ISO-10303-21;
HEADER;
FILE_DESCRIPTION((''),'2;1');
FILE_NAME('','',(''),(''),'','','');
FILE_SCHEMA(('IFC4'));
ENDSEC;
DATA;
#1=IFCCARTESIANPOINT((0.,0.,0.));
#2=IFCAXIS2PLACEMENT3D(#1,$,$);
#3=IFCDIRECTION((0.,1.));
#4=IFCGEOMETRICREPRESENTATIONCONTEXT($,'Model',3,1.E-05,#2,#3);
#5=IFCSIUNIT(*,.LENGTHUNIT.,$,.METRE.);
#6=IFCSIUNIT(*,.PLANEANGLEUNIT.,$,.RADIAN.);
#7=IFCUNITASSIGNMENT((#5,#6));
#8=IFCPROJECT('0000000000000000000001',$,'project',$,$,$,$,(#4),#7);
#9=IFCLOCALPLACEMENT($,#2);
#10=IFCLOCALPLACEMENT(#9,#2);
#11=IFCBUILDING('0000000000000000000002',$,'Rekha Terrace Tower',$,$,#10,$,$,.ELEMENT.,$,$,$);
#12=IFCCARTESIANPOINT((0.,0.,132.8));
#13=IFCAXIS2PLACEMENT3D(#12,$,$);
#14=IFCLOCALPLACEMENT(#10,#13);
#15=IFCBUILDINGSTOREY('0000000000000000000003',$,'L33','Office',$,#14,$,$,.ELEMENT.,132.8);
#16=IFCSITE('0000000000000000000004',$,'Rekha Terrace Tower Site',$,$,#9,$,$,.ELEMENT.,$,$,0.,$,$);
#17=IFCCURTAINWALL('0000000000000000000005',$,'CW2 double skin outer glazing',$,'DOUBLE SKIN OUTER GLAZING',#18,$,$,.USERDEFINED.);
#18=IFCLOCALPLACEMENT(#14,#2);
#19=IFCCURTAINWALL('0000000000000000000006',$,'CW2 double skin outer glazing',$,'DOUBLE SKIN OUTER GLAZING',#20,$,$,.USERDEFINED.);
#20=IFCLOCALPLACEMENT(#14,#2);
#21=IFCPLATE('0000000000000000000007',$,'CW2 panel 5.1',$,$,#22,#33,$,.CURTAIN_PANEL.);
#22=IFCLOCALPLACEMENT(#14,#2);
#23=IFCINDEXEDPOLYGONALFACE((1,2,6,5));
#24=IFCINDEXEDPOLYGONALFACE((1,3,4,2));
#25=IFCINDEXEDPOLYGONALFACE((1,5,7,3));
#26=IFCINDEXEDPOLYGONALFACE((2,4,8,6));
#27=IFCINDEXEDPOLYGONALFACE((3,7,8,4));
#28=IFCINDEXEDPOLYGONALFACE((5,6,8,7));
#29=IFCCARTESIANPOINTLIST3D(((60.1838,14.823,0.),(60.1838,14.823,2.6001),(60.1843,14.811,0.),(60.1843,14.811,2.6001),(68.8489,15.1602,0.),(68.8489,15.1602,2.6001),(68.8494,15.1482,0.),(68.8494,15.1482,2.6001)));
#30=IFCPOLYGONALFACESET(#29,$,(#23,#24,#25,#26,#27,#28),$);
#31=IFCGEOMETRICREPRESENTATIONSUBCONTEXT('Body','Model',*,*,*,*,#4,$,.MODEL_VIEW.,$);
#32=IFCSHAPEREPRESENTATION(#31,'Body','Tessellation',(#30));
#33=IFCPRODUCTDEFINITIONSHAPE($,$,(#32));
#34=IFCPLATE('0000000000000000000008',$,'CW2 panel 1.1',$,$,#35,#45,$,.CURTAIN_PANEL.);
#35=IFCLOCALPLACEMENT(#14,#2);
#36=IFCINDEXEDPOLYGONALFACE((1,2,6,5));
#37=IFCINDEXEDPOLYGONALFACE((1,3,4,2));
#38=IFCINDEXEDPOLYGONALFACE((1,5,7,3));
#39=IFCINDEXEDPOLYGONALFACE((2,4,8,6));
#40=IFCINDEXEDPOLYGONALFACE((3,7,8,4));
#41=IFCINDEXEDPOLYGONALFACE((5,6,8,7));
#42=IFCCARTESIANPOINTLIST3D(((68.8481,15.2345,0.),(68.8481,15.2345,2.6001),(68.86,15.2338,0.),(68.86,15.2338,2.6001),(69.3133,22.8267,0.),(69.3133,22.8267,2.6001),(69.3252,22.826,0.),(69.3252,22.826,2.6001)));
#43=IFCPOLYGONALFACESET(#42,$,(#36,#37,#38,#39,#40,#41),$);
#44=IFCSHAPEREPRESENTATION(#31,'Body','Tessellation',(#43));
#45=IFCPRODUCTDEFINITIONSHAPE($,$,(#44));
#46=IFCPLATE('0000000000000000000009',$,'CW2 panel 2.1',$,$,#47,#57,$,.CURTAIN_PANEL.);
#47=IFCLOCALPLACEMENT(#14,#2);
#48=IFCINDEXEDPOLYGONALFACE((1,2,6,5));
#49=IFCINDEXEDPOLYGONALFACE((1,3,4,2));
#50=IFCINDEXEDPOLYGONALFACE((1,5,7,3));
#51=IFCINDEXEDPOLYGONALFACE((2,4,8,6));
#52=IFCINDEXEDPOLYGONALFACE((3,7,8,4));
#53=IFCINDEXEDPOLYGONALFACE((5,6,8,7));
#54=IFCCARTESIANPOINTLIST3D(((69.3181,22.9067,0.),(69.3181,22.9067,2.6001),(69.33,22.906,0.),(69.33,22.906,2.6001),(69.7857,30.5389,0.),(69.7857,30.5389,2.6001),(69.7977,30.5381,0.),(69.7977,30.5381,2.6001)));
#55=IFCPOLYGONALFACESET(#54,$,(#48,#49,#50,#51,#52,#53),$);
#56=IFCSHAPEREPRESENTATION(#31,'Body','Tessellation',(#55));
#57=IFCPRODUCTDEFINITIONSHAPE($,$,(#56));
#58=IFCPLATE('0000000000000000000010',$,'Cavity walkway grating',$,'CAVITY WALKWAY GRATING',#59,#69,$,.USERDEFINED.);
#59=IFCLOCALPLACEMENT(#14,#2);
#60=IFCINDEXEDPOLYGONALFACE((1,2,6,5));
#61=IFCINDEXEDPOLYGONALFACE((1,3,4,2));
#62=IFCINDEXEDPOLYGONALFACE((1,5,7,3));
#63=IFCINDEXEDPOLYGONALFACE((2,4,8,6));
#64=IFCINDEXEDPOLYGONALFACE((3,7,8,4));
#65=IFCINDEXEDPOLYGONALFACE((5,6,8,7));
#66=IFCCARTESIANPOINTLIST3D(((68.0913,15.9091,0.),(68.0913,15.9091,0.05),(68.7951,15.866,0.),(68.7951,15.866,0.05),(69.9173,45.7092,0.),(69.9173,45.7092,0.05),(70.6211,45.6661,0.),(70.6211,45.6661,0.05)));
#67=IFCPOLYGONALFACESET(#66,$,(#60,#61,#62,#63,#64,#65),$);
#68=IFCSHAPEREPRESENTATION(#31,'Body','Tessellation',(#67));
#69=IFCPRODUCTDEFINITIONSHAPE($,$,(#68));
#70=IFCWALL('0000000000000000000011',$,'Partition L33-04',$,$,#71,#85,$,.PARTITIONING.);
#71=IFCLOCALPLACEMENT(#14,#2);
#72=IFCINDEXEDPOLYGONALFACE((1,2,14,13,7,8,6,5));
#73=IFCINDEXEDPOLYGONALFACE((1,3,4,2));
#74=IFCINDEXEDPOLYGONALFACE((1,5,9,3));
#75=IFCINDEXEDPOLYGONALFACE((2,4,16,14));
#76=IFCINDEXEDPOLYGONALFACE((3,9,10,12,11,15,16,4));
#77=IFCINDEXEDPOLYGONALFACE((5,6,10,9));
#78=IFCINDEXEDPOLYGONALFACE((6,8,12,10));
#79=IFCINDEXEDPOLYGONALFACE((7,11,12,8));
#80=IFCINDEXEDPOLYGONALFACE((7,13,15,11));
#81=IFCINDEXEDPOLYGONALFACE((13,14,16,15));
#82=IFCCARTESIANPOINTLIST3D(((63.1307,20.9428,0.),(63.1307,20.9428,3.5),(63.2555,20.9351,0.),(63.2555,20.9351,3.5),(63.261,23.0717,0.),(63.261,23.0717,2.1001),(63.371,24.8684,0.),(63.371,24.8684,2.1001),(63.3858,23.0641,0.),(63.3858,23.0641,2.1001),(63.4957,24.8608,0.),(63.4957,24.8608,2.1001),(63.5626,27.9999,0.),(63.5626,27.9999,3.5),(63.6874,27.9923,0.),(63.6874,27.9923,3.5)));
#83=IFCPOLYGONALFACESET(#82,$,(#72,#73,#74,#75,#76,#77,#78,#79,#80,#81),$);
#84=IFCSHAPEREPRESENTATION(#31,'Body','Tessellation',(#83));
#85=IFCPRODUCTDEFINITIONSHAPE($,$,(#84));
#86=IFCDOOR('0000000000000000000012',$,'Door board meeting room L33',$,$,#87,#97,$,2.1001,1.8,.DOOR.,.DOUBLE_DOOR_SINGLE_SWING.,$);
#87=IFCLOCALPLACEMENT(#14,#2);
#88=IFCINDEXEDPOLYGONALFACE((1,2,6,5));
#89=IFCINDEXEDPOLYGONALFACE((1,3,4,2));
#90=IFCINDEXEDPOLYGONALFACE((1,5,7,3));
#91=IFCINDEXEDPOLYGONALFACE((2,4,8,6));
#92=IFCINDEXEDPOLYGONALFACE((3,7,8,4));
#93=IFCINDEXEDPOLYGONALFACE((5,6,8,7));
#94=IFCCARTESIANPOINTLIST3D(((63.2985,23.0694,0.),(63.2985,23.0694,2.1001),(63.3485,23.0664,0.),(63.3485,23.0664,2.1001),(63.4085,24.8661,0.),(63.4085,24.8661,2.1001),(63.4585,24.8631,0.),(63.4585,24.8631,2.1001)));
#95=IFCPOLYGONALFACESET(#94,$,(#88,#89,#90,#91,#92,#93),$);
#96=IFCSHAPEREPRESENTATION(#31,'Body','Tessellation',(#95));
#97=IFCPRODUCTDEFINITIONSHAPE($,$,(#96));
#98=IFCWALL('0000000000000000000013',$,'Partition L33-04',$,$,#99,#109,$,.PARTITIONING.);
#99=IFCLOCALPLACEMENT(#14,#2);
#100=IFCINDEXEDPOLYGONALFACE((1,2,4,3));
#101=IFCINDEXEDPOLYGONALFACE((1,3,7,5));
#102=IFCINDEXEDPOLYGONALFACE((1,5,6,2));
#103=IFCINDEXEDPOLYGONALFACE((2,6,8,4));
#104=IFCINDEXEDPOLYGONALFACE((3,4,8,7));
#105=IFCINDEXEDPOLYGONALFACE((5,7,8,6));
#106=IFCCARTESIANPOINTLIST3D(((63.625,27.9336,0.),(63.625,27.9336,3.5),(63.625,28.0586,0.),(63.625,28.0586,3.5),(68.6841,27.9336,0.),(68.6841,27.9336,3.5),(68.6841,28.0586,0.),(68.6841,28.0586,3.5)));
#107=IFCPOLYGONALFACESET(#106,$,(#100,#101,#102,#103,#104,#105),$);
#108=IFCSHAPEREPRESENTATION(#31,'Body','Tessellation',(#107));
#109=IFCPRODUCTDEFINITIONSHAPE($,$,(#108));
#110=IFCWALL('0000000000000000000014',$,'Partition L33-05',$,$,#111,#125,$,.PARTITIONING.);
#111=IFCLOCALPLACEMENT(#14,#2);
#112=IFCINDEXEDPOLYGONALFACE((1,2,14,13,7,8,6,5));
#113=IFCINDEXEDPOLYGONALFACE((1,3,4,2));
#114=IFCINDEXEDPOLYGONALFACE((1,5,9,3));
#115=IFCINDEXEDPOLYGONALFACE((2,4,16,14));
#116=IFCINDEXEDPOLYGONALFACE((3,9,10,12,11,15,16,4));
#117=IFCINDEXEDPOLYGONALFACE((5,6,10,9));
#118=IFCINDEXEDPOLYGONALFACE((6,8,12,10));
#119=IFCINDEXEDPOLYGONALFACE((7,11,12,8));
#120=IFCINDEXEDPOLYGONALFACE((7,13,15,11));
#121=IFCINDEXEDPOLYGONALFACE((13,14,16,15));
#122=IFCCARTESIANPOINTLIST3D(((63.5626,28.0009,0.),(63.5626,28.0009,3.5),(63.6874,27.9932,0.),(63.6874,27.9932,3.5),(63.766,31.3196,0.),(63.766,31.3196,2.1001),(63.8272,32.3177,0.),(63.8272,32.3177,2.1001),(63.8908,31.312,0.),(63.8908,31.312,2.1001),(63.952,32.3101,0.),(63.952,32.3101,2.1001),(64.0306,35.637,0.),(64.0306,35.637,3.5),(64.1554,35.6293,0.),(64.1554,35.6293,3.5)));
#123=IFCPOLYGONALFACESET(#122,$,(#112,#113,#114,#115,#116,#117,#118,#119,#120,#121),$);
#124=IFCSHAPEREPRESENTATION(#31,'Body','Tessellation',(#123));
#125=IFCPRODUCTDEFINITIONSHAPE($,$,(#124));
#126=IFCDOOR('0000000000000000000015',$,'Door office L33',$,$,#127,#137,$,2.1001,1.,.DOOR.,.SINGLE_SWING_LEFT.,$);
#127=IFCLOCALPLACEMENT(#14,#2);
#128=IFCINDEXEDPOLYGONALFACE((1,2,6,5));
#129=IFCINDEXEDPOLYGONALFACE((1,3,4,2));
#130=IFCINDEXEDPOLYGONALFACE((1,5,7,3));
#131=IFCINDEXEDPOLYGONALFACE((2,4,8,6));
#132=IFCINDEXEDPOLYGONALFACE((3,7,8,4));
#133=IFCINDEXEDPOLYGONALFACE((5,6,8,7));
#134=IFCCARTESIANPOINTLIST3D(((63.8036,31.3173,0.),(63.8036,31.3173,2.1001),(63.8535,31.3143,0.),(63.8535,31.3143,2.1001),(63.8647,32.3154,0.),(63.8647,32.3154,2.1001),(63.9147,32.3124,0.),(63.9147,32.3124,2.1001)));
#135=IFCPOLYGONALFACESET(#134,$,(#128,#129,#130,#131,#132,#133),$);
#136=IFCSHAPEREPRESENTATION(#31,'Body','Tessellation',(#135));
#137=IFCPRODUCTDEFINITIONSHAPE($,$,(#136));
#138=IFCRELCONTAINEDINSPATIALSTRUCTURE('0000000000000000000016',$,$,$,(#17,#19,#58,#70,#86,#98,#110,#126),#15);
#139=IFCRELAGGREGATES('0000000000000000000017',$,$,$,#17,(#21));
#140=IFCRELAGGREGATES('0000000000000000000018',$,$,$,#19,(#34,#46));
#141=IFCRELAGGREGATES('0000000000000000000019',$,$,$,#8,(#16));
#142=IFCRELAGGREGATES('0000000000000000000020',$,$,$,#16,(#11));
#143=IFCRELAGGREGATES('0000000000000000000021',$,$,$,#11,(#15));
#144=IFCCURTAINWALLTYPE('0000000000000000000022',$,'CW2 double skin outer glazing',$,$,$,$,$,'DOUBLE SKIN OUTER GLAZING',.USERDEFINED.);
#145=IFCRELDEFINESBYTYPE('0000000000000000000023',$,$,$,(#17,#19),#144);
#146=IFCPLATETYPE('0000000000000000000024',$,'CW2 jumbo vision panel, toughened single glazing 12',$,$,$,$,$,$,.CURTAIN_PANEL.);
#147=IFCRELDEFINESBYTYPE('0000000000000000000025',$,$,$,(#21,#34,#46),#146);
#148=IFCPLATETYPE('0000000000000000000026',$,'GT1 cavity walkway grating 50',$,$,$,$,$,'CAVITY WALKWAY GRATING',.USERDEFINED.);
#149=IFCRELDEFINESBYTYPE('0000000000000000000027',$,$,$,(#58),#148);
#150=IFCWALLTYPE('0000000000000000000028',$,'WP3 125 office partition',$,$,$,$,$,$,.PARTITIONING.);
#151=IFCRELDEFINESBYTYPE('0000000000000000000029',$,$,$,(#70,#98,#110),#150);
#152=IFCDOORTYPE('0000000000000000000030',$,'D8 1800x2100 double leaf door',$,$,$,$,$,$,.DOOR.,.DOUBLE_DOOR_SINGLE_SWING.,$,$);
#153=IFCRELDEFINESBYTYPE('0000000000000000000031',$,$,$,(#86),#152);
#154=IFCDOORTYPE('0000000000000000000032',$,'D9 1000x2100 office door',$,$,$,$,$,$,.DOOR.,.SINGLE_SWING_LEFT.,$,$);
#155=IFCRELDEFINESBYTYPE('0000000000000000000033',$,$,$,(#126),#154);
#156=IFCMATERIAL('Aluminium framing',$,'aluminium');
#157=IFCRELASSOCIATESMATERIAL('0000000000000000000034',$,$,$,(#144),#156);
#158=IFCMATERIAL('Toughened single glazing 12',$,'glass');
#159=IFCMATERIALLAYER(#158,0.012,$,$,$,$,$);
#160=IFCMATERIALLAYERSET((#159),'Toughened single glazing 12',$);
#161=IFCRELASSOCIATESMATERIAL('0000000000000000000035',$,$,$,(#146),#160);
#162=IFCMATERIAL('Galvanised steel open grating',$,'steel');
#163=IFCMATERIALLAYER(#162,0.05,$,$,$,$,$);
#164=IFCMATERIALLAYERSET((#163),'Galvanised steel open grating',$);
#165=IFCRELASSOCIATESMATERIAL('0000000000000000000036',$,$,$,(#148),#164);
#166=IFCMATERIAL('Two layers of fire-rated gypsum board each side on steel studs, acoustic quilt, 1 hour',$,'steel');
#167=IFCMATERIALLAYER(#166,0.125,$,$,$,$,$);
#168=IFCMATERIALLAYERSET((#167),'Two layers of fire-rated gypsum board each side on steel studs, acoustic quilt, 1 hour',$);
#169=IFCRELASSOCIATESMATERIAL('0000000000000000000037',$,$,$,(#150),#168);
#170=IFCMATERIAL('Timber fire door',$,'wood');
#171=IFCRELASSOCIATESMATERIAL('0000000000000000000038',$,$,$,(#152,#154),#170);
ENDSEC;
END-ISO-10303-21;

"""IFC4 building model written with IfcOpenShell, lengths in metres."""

from ifc_helpers import new_model, si_unit, direction, frame, frame_2d, origin, origin_2d, place, context, subcontext, project, spatial, rectangle, extrude, material, layer, layer_set, type_object, element, fill, aggregate, save


model = new_model("IFC4")

# Units and contexts
model_context = context("Model", 3, precision=1e-05, world=origin(), true_north=direction((0.0, 1.0)))
body_context = subcontext(model_context, "Body", "Model", "MODEL_VIEW")
ifc_project = project(units=[si_unit("LENGTHUNIT", "METRE"), si_unit("PLANEANGLEUNIT", "RADIAN")], contexts=[model_context])

# Site, building, storey
site_placement = place(None, origin())
site = spatial("IfcSite", under=ifc_project, at=site_placement, Name="Rekha Terrace Tower Site", CompositionType="ELEMENT", RefElevation=0.0)
building_placement = place(site_placement, origin())
building = spatial("IfcBuilding", under=site, at=building_placement, Name="Rekha Terrace Tower", CompositionType="ELEMENT")
storey_placement = place(building_placement, frame((0.0, 0.0, 132.8)))
storey = spatial("IfcBuildingStorey", under=building, at=storey_placement, Name="L33", Description="Office", CompositionType="ELEMENT", Elevation=132.8)

# Curtain wall
ifc_material_1 = material(Name="Aluminium framing", Category="aluminium")
curtain_wall_type_1 = type_object("IfcCurtainWallType", Name="CW2 double skin outer glazing", ElementType="DOUBLE SKIN OUTER GLAZING", PredefinedType="USERDEFINED", material=ifc_material_1)
curtain_wall_1_placement = place(storey_placement, origin())
curtain_wall_1 = element("IfcCurtainWall", 1, at=curtain_wall_1_placement, inside=storey, type_object=curtain_wall_type_1, Name="CW2 double skin outer glazing", ObjectType="DOUBLE SKIN OUTER GLAZING", PredefinedType="USERDEFINED")

# Curtain wall
curtain_wall_2_placement = place(storey_placement, origin())
curtain_wall_2 = element("IfcCurtainWall", 2, at=curtain_wall_2_placement, inside=storey, type_object=curtain_wall_type_1, Name="CW2 double skin outer glazing", ObjectType="DOUBLE SKIN OUTER GLAZING", PredefinedType="USERDEFINED")

# Plates
ifc_material_2 = material(Name="Toughened single glazing 12", Category="glass")
ifc_layer_1 = layer(ifc_material_2, 0.012)
ifc_layer_set_1 = layer_set([ifc_layer_1], Name="Toughened single glazing 12")
plate_type_1 = type_object("IfcPlateType", Name="CW2 jumbo vision panel, toughened single glazing 12", PredefinedType="CURTAIN_PANEL", material=ifc_layer_set_1)
plate_1_placement = place(storey_placement, frame((64.5166, 14.9856, 0.0), z_axis=(0.0, 0.0, 1.0), x_axis=(0.999243, 0.03889, 0.0)))
plate_1 = element("IfcPlate", 3, at=plate_1_placement, type_object=plate_type_1, Name="CW2 panel 5.1", PredefinedType="CURTAIN_PANEL", context=body_context, shape_type="SweptSolid", body=[
    extrude(rectangle(XDim=8.6716, YDim=0.012, at=origin_2d()), origin(), (0.0, 0.0, 1.0), 2.6001),
])
aggregate(curtain_wall_1, [plate_1])
plate_2_placement = place(storey_placement, frame((69.0867, 19.0303, 0.0), z_axis=(0.0, 0.0, 1.0), x_axis=(0.06116, 0.998128, 0.0)))
plate_2 = element("IfcPlate", 4, at=plate_2_placement, type_object=plate_type_1, Name="CW2 panel 1.1", PredefinedType="CURTAIN_PANEL", context=body_context, shape_type="SweptSolid", body=[
    extrude(rectangle(XDim=7.6064, YDim=0.012, at=origin_2d()), origin(), (0.0, 0.0, 1.0), 2.6001),
])
plate_3_placement = place(storey_placement, frame((69.5579, 26.7224, 0.0), z_axis=(0.0, 0.0, 1.0), x_axis=(0.06116, 0.998128, 0.0)))
plate_3 = element("IfcPlate", 5, at=plate_3_placement, type_object=plate_type_1, Name="CW2 panel 2.1", PredefinedType="CURTAIN_PANEL", context=body_context, shape_type="SweptSolid", body=[
    extrude(rectangle(XDim=7.6465, YDim=0.012, at=origin_2d()), origin(), (0.0, 0.0, 1.0), 2.6001),
])
aggregate(curtain_wall_2, [plate_2, plate_3])
ifc_material_3 = material(Name="Galvanised steel open grating", Category="steel")
ifc_layer_2 = layer(ifc_material_3, 0.05)
ifc_layer_set_2 = layer_set([ifc_layer_2], Name="Galvanised steel open grating")
plate_type_2 = type_object("IfcPlateType", Name="GT1 cavity walkway grating 50", ElementType="CAVITY WALKWAY GRATING", PredefinedType="USERDEFINED", material=ifc_layer_set_2)
plate_4_placement = place(storey_placement, frame((69.3562, 30.7876, 0.0), z_axis=(0.0, 0.0, 1.0), x_axis=(0.06116, 0.998128, 0.0)))
element("IfcPlate", 6, at=plate_4_placement, inside=storey, type_object=plate_type_2, Name="Cavity walkway grating", ObjectType="CAVITY WALKWAY GRATING", PredefinedType="USERDEFINED", context=body_context, shape_type="SweptSolid", body=[
    extrude(rectangle(XDim=29.856, YDim=0.7051, at=origin_2d()), origin(), (0.0, 0.0, 1.0), 0.05),
])

# Wall, opening, door
ifc_material_4 = material(Name="Two layers of fire-rated gypsum board each side on steel studs, acoustic quilt, 1 hour", Category="steel")
ifc_layer_3 = layer(ifc_material_4, 0.125)
ifc_layer_set_3 = layer_set([ifc_layer_3], Name="Two layers of fire-rated gypsum board each side on steel studs, acoustic quilt, 1 hour")
wall_type = type_object("IfcWallType", Name="WP3 125 office partition", PredefinedType="PARTITIONING", material=ifc_layer_set_3)
wall_1_placement = place(storey_placement, frame((63.1931, 20.939, 0.0), z_axis=(0.0, 0.0, 1.0), x_axis=(0.061084, 0.998133, 0.0)))
wall_1 = element("IfcWall", 7, at=wall_1_placement, inside=storey, type_object=wall_type, Name="Partition L33-04", PredefinedType="PARTITIONING", context=body_context, shape_type="SweptSolid", body=[
    extrude(rectangle(XDim=7.0703, YDim=0.125, at=frame_2d((3.5352, 0.0))), origin(), (0.0, 0.0, 1.0), 3.5),
])
opening_1_placement = place(wall_1_placement, frame((2.1331, 0.0, 0.0)))
opening_1 = element("IfcOpeningElement", 8, at=opening_1_placement, cuts=wall_1, PredefinedType="OPENING", context=body_context, shape_type="SweptSolid", body=[
    extrude(rectangle(XDim=1.8, YDim=2.1001, at=frame_2d((0.8999, 1.05))), frame((0.0, 0.0725, 0.0), z_axis=(0.0, -1.0, 0.0), x_axis=(1.0, 0.0, 0.0)), (0.0, 0.0, 1.0), 0.145),
])
ifc_material_5 = material(Name="Timber fire door", Category="wood")
door_type_1 = type_object("IfcDoorType", Name="D8 1800x2100 double leaf door", OperationType="DOUBLE_DOOR_SINGLE_SWING", PredefinedType="DOOR", material=ifc_material_5)
door_1_placement = place(opening_1_placement, origin())
door_1 = element("IfcDoor", 9, at=door_1_placement, inside=storey, type_object=door_type_1, Name="Door board meeting room L33", OperationType="DOUBLE_DOOR_SINGLE_SWING", OverallHeight=2.1001, OverallWidth=1.8, PredefinedType="DOOR", context=body_context, shape_type="SweptSolid", body=[
    extrude(rectangle(XDim=1.8, YDim=2.1001, at=frame_2d((0.8999, 1.05))), frame((0.0, 0.0249, 0.0), z_axis=(0.0, -1.0, 0.0), x_axis=(1.0, 0.0, 0.0)), (0.0, 0.0, 1.0), 0.05),
])
fill(opening_1, door_1)

# Wall
wall_2_placement = place(storey_placement, frame((63.625, 27.9961, 0.0), z_axis=(0.0, 0.0, 1.0), x_axis=(1.0, 0.0, 0.0)))
element("IfcWall", 10, at=wall_2_placement, inside=storey, type_object=wall_type, Name="Partition L33-04", PredefinedType="PARTITIONING", context=body_context, shape_type="SweptSolid", body=[
    extrude(rectangle(XDim=5.0591, YDim=0.125, at=frame_2d((2.5295, 0.0))), origin(), (0.0, 0.0, 1.0), 3.5),
])

# Wall, opening, door
wall_3_placement = place(storey_placement, frame((63.625, 27.9971, 0.0), z_axis=(0.0, 0.0, 1.0), x_axis=(0.061176, 0.998127, 0.0)))
wall_3 = element("IfcWall", 11, at=wall_3_placement, inside=storey, type_object=wall_type, Name="Partition L33-05", PredefinedType="PARTITIONING", context=body_context, shape_type="SweptSolid", body=[
    extrude(rectangle(XDim=7.6504, YDim=0.125, at=frame_2d((3.8252, 0.0))), origin(), (0.0, 0.0, 1.0), 3.5),
])
opening_2_placement = place(wall_3_placement, frame((3.325, 0.0, 0.0)))
opening_2 = element("IfcOpeningElement", 12, at=opening_2_placement, cuts=wall_3, PredefinedType="OPENING", context=body_context, shape_type="SweptSolid", body=[
    extrude(rectangle(XDim=1.0, YDim=2.1001, at=frame_2d((0.5, 1.05))), frame((0.0, 0.0725, 0.0), z_axis=(0.0, -1.0, 0.0), x_axis=(1.0, 0.0, 0.0)), (0.0, 0.0, 1.0), 0.145),
])
door_type_2 = type_object("IfcDoorType", Name="D9 1000x2100 office door", OperationType="SINGLE_SWING_LEFT", PredefinedType="DOOR", material=ifc_material_5)
door_2_placement = place(opening_2_placement, origin())
door_2 = element("IfcDoor", 13, at=door_2_placement, inside=storey, type_object=door_type_2, Name="Door office L33", OperationType="SINGLE_SWING_LEFT", OverallHeight=2.1001, OverallWidth=1.0, PredefinedType="DOOR", context=body_context, shape_type="SweptSolid", body=[
    extrude(rectangle(XDim=1.0, YDim=2.1001, at=frame_2d((0.5, 1.05))), frame((0.0, 0.0249, 0.0), z_axis=(0.0, -1.0, 0.0), x_axis=(1.0, 0.0, 0.0)), (0.0, 0.0, 1.0), 0.05),
])
fill(opening_2, door_2)

save(model, "model.ifc")
